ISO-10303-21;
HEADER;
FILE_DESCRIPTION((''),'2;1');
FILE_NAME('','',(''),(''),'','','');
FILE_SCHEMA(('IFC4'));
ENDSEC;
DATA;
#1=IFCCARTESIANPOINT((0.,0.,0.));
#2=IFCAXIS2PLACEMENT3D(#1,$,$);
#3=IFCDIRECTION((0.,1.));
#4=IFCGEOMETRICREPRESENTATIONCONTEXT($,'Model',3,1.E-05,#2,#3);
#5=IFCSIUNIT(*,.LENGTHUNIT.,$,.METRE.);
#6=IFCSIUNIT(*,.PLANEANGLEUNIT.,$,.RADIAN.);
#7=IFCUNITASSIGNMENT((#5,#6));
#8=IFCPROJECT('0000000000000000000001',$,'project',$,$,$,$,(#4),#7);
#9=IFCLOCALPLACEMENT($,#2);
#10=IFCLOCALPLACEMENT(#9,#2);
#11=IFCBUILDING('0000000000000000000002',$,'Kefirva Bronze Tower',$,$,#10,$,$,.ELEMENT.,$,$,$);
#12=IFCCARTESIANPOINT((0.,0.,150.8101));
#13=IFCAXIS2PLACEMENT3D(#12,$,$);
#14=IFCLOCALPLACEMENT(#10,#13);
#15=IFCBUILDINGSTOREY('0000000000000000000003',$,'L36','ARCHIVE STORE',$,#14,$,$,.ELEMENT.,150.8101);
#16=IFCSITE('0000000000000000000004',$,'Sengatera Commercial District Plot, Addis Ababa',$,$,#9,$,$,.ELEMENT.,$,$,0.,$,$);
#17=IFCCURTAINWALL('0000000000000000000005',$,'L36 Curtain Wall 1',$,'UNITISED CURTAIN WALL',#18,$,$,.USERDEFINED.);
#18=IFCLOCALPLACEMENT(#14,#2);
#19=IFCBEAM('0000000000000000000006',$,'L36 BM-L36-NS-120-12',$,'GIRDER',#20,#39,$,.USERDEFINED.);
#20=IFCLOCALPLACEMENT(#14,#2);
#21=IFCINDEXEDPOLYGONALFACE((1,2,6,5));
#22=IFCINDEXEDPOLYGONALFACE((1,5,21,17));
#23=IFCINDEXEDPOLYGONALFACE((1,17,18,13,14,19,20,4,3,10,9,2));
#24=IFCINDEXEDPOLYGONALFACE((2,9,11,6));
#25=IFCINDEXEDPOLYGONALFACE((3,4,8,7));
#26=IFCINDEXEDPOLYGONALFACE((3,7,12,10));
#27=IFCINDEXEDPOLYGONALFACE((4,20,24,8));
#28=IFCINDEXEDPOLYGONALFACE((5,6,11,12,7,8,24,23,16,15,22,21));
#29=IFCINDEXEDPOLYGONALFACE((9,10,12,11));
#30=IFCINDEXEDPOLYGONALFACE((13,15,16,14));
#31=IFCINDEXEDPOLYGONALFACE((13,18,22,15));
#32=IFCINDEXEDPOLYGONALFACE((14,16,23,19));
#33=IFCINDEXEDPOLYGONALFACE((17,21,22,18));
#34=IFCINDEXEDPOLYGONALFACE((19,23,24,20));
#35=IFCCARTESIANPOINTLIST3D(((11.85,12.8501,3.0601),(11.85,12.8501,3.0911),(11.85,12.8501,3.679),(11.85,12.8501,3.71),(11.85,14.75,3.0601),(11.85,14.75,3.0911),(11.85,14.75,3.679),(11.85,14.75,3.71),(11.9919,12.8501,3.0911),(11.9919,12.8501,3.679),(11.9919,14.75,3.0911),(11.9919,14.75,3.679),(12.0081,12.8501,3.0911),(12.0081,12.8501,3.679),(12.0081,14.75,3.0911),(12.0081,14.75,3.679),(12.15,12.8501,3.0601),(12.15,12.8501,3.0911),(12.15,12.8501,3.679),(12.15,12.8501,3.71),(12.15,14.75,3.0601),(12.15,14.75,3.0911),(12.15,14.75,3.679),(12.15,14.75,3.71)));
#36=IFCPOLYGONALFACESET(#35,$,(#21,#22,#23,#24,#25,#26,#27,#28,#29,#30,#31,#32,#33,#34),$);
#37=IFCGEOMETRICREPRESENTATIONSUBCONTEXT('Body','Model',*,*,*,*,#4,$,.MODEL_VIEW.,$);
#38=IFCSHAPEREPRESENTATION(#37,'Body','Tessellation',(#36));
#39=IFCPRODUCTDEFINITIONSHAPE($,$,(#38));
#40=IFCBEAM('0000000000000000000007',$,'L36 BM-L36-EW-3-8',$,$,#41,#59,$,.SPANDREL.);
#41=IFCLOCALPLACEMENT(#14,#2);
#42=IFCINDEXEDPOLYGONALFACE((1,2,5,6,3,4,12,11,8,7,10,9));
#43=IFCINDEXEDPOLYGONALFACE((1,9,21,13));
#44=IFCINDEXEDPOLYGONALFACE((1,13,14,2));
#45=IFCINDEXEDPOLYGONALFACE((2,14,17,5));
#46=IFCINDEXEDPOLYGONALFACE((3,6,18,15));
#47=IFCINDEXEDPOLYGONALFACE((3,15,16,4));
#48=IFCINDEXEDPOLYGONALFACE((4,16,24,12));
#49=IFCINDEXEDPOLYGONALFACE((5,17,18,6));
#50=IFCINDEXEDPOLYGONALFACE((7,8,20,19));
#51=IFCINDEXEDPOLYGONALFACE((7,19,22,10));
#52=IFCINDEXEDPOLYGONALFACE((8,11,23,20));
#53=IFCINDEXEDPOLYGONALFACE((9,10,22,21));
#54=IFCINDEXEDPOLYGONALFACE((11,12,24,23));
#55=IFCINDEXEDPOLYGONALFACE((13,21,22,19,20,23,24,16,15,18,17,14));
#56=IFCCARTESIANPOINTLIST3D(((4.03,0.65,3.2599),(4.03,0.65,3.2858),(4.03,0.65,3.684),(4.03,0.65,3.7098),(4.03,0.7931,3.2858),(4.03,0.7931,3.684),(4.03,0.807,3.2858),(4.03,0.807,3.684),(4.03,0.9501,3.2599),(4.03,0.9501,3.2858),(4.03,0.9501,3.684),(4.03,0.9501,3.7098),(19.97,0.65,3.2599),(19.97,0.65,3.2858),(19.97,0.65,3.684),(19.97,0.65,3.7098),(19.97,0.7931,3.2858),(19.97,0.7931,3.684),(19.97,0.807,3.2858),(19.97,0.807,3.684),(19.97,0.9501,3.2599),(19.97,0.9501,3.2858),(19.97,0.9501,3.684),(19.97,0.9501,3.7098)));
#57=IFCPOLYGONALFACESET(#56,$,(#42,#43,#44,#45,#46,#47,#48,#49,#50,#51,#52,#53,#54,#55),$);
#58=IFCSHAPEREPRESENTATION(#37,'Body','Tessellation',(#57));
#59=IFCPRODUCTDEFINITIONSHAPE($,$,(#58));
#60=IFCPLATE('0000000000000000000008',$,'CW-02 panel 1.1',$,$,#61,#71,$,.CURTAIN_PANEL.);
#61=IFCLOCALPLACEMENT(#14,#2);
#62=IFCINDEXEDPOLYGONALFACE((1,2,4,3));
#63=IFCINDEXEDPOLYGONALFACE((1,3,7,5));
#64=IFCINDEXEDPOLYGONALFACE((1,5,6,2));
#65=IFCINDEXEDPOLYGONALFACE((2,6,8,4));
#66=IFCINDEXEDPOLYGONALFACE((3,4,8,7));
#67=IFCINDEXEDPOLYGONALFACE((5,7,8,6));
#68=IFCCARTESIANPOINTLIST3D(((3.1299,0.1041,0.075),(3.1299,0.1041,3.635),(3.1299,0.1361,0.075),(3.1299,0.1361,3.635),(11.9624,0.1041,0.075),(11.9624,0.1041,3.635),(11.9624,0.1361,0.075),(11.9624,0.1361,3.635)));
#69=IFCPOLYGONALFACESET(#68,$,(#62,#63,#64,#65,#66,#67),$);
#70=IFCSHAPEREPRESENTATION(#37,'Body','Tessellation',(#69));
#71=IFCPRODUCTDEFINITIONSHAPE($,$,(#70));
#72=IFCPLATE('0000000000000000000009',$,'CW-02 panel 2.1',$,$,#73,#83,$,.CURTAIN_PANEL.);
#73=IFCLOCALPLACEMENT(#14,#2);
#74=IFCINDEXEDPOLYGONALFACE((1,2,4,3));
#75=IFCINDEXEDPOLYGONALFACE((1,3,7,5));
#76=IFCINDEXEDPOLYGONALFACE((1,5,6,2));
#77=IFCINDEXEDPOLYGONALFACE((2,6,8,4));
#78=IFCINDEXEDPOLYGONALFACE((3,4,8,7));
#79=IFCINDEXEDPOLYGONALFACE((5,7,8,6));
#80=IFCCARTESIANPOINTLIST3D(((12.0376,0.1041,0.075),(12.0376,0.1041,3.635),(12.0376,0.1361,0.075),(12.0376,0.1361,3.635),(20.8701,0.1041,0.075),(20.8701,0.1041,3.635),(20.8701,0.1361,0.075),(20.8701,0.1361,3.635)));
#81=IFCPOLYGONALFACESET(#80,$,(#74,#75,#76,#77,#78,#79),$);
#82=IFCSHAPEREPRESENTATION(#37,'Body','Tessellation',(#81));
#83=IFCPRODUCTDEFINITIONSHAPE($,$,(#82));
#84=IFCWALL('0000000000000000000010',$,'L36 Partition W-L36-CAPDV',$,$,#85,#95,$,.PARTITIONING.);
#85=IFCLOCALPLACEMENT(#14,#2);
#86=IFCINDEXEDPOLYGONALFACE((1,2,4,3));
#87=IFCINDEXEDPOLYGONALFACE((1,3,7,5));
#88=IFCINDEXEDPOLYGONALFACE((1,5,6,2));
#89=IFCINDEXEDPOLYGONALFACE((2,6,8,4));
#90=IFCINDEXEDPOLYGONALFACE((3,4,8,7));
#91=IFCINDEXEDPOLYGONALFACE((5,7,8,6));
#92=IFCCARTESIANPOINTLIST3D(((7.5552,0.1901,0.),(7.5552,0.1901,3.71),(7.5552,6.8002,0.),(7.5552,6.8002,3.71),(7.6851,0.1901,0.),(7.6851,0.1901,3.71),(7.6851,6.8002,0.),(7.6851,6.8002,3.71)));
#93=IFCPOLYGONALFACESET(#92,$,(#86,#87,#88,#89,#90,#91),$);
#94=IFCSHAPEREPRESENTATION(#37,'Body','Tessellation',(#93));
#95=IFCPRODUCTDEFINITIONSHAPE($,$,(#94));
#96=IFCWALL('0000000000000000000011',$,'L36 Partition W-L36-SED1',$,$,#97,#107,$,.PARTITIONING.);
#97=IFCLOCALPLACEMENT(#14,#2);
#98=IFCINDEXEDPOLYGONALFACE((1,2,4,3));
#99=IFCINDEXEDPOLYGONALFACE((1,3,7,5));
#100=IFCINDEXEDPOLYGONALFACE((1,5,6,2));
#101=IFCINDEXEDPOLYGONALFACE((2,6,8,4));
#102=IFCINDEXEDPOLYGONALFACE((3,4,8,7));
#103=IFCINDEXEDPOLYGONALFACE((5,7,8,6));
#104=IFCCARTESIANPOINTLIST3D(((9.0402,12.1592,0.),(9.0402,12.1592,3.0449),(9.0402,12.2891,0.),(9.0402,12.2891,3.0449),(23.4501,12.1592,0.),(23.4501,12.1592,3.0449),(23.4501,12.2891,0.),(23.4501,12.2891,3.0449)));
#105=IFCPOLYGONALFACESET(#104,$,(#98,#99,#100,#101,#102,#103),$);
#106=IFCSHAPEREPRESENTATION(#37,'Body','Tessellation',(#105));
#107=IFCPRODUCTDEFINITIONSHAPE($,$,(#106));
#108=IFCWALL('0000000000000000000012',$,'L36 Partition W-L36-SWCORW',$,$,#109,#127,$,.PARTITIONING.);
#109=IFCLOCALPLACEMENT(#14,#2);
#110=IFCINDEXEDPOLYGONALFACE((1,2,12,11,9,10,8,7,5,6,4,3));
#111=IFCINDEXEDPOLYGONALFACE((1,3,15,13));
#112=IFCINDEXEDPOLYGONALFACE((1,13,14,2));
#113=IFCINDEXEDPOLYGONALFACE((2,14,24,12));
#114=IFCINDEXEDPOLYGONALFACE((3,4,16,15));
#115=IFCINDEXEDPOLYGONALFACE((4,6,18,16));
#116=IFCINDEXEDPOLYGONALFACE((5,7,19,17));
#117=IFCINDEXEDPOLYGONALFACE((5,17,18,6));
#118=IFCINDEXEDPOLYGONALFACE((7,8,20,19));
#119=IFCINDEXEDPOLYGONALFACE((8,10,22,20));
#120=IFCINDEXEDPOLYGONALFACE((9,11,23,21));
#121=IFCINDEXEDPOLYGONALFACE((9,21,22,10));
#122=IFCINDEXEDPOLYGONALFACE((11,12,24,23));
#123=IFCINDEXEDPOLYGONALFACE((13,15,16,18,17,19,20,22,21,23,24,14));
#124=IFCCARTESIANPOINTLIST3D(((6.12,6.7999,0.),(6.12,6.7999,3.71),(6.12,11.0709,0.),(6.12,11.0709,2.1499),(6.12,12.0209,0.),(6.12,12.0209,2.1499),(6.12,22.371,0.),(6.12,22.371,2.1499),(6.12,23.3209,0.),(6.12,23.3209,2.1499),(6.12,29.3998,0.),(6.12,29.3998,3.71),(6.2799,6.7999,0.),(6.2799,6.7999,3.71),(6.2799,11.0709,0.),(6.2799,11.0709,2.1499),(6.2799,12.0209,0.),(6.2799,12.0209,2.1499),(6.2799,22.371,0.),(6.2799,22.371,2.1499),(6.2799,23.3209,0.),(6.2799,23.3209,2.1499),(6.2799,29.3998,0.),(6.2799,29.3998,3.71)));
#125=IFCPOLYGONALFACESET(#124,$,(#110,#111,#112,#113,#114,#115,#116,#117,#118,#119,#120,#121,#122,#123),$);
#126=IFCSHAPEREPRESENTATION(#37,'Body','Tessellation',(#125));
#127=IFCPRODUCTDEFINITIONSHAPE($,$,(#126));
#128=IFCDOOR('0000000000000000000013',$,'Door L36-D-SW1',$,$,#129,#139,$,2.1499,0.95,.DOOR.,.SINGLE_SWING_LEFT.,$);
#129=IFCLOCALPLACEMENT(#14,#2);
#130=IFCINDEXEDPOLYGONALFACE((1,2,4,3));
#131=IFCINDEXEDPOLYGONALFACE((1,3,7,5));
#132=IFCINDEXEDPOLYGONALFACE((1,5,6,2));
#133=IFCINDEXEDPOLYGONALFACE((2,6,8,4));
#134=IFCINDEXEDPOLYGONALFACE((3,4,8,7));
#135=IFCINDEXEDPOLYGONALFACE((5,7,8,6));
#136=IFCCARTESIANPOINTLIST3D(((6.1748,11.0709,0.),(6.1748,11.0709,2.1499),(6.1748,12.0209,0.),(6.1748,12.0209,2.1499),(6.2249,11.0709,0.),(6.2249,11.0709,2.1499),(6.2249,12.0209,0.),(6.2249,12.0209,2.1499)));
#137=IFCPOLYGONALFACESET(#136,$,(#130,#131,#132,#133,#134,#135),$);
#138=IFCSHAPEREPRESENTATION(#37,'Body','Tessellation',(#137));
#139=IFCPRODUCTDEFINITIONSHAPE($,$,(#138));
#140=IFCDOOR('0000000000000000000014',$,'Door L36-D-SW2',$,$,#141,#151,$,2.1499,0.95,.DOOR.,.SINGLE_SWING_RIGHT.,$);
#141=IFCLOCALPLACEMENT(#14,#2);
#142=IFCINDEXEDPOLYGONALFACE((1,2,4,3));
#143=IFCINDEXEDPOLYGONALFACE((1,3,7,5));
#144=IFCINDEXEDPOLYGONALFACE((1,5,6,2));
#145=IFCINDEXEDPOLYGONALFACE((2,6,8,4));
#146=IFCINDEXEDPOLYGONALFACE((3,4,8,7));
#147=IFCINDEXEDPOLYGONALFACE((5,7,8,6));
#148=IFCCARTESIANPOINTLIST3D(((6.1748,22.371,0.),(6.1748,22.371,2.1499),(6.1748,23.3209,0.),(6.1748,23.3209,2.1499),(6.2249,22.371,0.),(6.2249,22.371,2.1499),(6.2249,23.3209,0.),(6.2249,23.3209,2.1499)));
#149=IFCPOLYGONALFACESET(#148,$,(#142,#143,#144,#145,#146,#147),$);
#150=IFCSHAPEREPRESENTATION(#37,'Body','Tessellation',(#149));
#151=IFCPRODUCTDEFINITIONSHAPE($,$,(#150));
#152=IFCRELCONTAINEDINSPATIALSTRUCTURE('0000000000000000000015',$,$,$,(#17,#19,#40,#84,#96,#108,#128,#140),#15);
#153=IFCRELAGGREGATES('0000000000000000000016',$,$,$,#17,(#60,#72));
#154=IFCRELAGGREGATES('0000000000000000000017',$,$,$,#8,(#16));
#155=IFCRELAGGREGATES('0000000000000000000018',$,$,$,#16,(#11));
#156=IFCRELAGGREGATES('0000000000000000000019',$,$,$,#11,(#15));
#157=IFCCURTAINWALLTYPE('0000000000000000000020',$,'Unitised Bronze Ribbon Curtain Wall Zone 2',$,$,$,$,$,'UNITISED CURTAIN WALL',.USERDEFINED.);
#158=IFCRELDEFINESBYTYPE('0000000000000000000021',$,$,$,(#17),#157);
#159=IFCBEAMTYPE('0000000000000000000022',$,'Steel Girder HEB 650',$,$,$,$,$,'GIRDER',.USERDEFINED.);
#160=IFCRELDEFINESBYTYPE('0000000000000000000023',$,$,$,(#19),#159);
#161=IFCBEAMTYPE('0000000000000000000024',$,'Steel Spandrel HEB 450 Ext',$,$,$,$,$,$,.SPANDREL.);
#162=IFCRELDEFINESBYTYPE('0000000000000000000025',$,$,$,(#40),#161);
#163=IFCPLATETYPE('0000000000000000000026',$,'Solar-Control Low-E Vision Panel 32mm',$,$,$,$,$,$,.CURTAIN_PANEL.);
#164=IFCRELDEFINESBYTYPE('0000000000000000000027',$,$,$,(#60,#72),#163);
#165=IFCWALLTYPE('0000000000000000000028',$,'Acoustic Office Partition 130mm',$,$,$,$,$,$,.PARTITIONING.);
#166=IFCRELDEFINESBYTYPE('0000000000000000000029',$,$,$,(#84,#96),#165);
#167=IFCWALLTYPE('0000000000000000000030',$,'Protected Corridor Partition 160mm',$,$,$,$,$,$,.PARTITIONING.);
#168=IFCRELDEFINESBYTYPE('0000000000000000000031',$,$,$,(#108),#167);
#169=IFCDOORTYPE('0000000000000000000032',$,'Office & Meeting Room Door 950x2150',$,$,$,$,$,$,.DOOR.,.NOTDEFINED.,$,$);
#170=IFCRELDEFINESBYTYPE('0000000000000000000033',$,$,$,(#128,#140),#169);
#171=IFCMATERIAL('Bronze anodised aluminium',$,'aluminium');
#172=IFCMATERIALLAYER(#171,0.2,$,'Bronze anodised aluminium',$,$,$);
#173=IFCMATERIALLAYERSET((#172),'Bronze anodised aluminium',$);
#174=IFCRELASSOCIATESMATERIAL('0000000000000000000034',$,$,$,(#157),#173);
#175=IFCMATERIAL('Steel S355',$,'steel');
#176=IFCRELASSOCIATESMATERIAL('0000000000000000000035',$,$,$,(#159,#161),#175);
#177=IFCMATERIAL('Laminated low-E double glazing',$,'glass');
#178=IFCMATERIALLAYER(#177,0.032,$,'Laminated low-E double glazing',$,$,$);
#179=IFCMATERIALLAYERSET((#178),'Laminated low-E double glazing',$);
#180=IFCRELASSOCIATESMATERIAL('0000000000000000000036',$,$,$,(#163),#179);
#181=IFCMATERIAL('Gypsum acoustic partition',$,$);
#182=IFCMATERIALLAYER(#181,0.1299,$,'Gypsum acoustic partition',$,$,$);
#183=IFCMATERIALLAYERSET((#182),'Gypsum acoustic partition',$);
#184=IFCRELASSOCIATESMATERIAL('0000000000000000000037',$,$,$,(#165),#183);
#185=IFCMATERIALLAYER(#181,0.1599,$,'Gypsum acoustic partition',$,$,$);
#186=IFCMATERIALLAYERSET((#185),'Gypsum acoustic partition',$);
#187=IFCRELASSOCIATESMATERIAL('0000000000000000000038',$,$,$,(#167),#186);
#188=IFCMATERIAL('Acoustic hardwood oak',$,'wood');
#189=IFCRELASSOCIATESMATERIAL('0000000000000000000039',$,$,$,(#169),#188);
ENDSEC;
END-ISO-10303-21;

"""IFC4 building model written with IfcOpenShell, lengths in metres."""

from ifc_helpers import new_model, si_unit, direction, frame, frame_2d, origin, origin_2d, place, context, subcontext, project, spatial, rectangle, i_section, extrude, material, layer, layer_set, material_profile, profile_set, type_object, element, fill, aggregate, save


model = new_model("IFC4")

# Units and contexts
model_context = context("Model", 3, precision=1e-05, world=origin(), true_north=direction((0.0, 1.0)))
body_context = subcontext(model_context, "Body", "Model", "MODEL_VIEW")
ifc_project = project(units=[si_unit("LENGTHUNIT", "METRE"), si_unit("PLANEANGLEUNIT", "RADIAN")], contexts=[model_context])

# Site, building, storey
site_placement = place(None, origin())
site = spatial("IfcSite", under=ifc_project, at=site_placement, Name="Sengatera Commercial District Plot, Addis Ababa", CompositionType="ELEMENT", RefElevation=0.0)
building_placement = place(site_placement, origin())
building = spatial("IfcBuilding", under=site, at=building_placement, Name="Kefirva Bronze Tower", CompositionType="ELEMENT")
storey_placement = place(building_placement, frame((0.0, 0.0, 150.8101)))
storey = spatial("IfcBuildingStorey", under=building, at=storey_placement, Name="L36", Description="ARCHIVE STORE", CompositionType="ELEMENT", Elevation=150.8101)

# Curtain wall
ifc_material_1 = material(Name="Bronze anodised aluminium", Category="aluminium")
ifc_layer_1 = layer(ifc_material_1, 0.2, Name="Bronze anodised aluminium")
ifc_layer_set_1 = layer_set([ifc_layer_1], Name="Bronze anodised aluminium")
curtain_wall_type = type_object("IfcCurtainWallType", Name="Unitised Bronze Ribbon Curtain Wall Zone 2", ElementType="UNITISED CURTAIN WALL", PredefinedType="USERDEFINED", material=ifc_layer_set_1)
curtain_wall_placement = place(storey_placement, origin())
curtain_wall = element("IfcCurtainWall", 1, at=curtain_wall_placement, inside=storey, type_object=curtain_wall_type, Name="L36 Curtain Wall 1", ObjectType="UNITISED CURTAIN WALL", PredefinedType="USERDEFINED")

# Beams
ifc_material_2 = material(Name="Steel S355", Category="steel")
ifc_material_profile_1 = material_profile(ifc_material_2, i_section(OverallWidth=0.3, OverallDepth=0.6499, WebThickness=0.0161, FlangeThickness=0.031, at=origin_2d()), Name="HEB 650")
ifc_profile_set_1 = profile_set([ifc_material_profile_1], Name="Steel S355")
beam_type_1 = type_object("IfcBeamType", Name="Steel Girder HEB 650", ElementType="GIRDER", PredefinedType="USERDEFINED", material=ifc_profile_set_1)
beam_1_placement = place(storey_placement, frame((12.0, 12.8501, 3.385), z_axis=(0.0, 1.0, 0.0), x_axis=(-1.0, 0.0, 0.0)))
element("IfcBeam", 2, at=beam_1_placement, inside=storey, type_object=beam_type_1, Name="L36 BM-L36-NS-120-12", ObjectType="GIRDER", PredefinedType="USERDEFINED", context=body_context, shape_type="SweptSolid", body=[
    extrude(i_section(OverallWidth=0.3, OverallDepth=0.6499, WebThickness=0.0161, FlangeThickness=0.031, at=origin_2d()), origin(), (0.0, 0.0, 1.0), 1.8999),
])
ifc_material_profile_2 = material_profile(ifc_material_2, i_section(OverallWidth=0.3, OverallDepth=0.45, WebThickness=0.0139, FlangeThickness=0.0259, at=origin_2d()), Name="HEB 450")
ifc_profile_set_2 = profile_set([ifc_material_profile_2], Name="Steel S355")
beam_type_2 = type_object("IfcBeamType", Name="Steel Spandrel HEB 450 Ext", PredefinedType="SPANDREL", material=ifc_profile_set_2)
beam_2_placement = place(storey_placement, frame((4.03, 0.8, 3.4849), z_axis=(1.0, 0.0, 0.0), x_axis=(0.0, 1.0, 0.0)))
element("IfcBeam", 3, at=beam_2_placement, inside=storey, type_object=beam_type_2, Name="L36 BM-L36-EW-3-8", PredefinedType="SPANDREL", context=body_context, shape_type="SweptSolid", body=[
    extrude(i_section(OverallWidth=0.3, OverallDepth=0.45, WebThickness=0.0139, FlangeThickness=0.0259, at=origin_2d()), origin(), (0.0, 0.0, 1.0), 15.9399),
])

# Plates
ifc_material_3 = material(Name="Laminated low-E double glazing", Category="glass")
ifc_layer_2 = layer(ifc_material_3, 0.032, Name="Laminated low-E double glazing")
ifc_layer_set_2 = layer_set([ifc_layer_2], Name="Laminated low-E double glazing")
plate_type = type_object("IfcPlateType", Name="Solar-Control Low-E Vision Panel 32mm", PredefinedType="CURTAIN_PANEL", material=ifc_layer_set_2)
plate_1_placement = place(storey_placement, frame((7.5461, 0.1201, 0.075), z_axis=(0.0, 0.0, 1.0), x_axis=(1.0, 0.0, 0.0)))
plate_1 = element("IfcPlate", 4, at=plate_1_placement, type_object=plate_type, Name="CW-02 panel 1.1", PredefinedType="CURTAIN_PANEL", context=body_context, shape_type="SweptSolid", body=[
    extrude(rectangle(XDim=8.8325, YDim=0.032, at=origin_2d()), origin(), (0.0, 0.0, 1.0), 3.5601),
])
plate_2_placement = place(storey_placement, frame((16.4539, 0.1201, 0.075), z_axis=(0.0, 0.0, 1.0), x_axis=(1.0, 0.0, 0.0)))
plate_2 = element("IfcPlate", 5, at=plate_2_placement, type_object=plate_type, Name="CW-02 panel 2.1", PredefinedType="CURTAIN_PANEL", context=body_context, shape_type="SweptSolid", body=[
    extrude(rectangle(XDim=8.8325, YDim=0.032, at=origin_2d()), origin(), (0.0, 0.0, 1.0), 3.5601),
])
aggregate(curtain_wall, [plate_1, plate_2])

# Walls
ifc_material_4 = material(Name="Gypsum acoustic partition")
ifc_layer_3 = layer(ifc_material_4, 0.1299, Name="Gypsum acoustic partition")
ifc_layer_set_3 = layer_set([ifc_layer_3], Name="Gypsum acoustic partition")
wall_type_1 = type_object("IfcWallType", Name="Acoustic Office Partition 130mm", PredefinedType="PARTITIONING", material=ifc_layer_set_3)
wall_1_placement = place(storey_placement, frame((7.6201, 0.1899, 0.0), z_axis=(0.0, 0.0, 1.0), x_axis=(0.0, 1.0, 0.0)))
element("IfcWall", 6, at=wall_1_placement, inside=storey, type_object=wall_type_1, Name="L36 Partition W-L36-CAPDV", PredefinedType="PARTITIONING", context=body_context, shape_type="SweptSolid", body=[
    extrude(rectangle(XDim=6.6101, YDim=0.1299, at=frame_2d((3.3052, 0.0))), origin(), (0.0, 0.0, 1.0), 3.71),
])
wall_2_placement = place(storey_placement, frame((9.04, 12.2241, 0.0), z_axis=(0.0, 0.0, 1.0), x_axis=(1.0, 0.0, 0.0)))
element("IfcWall", 7, at=wall_2_placement, inside=storey, type_object=wall_type_1, Name="L36 Partition W-L36-SED1", PredefinedType="PARTITIONING", context=body_context, shape_type="SweptSolid", body=[
    extrude(rectangle(XDim=14.4099, YDim=0.1299, at=frame_2d((7.2051, 0.0))), origin(), (0.0, 0.0, 1.0), 3.0449),
])

# Wall, openings, doors
ifc_layer_4 = layer(ifc_material_4, 0.1599, Name="Gypsum acoustic partition")
ifc_layer_set_4 = layer_set([ifc_layer_4], Name="Gypsum acoustic partition")
wall_type_2 = type_object("IfcWallType", Name="Protected Corridor Partition 160mm", PredefinedType="PARTITIONING", material=ifc_layer_set_4)
wall_3_placement = place(storey_placement, frame((6.2, 6.8, 0.0), z_axis=(0.0, 0.0, 1.0), x_axis=(0.0, 1.0, 0.0)))
wall_3 = element("IfcWall", 8, at=wall_3_placement, inside=storey, type_object=wall_type_2, Name="L36 Partition W-L36-SWCORW", PredefinedType="PARTITIONING", context=body_context, shape_type="SweptSolid", body=[
    extrude(rectangle(XDim=22.5999, YDim=0.1599, at=frame_2d((11.2998, 0.0))), origin(), (0.0, 0.0, 1.0), 3.71),
])
opening_1_placement = place(wall_3_placement, frame((5.2209, 0.0, 0.0), z_axis=(0.0, 0.0, 1.0), x_axis=(-1.0, 0.0, 0.0)))
opening_1 = element("IfcOpeningElement", 9, at=opening_1_placement, cuts=wall_3, PredefinedType="OPENING", context=body_context, shape_type="SweptSolid", body=[
    extrude(rectangle(XDim=0.95, YDim=2.1499, at=frame_2d((0.4751, 1.075))), frame((0.0, 0.0898, 0.0), z_axis=(0.0, -1.0, 0.0), x_axis=(1.0, 0.0, 0.0)), (0.0, 0.0, 1.0), 0.1799),
])
opening_2_placement = place(wall_3_placement, frame((16.521, 0.0, 0.0), z_axis=(0.0, 0.0, 1.0), x_axis=(-1.0, 0.0, 0.0)))
opening_2 = element("IfcOpeningElement", 10, at=opening_2_placement, cuts=wall_3, PredefinedType="OPENING", context=body_context, shape_type="SweptSolid", body=[
    extrude(rectangle(XDim=0.95, YDim=2.1499, at=frame_2d((0.4751, 1.075))), frame((0.0, 0.0898, 0.0), z_axis=(0.0, -1.0, 0.0), x_axis=(1.0, 0.0, 0.0)), (0.0, 0.0, 1.0), 0.1799),
])
ifc_material_5 = material(Name="Acoustic hardwood oak", Category="wood")
door_type = type_object("IfcDoorType", Name="Office & Meeting Room Door 950x2150", OperationType="NOTDEFINED", PredefinedType="DOOR", material=ifc_material_5)
door_1_placement = place(opening_1_placement, origin())
door_1 = element("IfcDoor", 11, at=door_1_placement, inside=storey, type_object=door_type, Name="Door L36-D-SW1", OperationType="SINGLE_SWING_LEFT", OverallHeight=2.1499, OverallWidth=0.95, PredefinedType="DOOR", context=body_context, shape_type="SweptSolid", body=[
    extrude(rectangle(XDim=0.95, YDim=2.1499, at=frame_2d((0.4751, 1.075))), frame((0.0, 0.0249, 0.0), z_axis=(0.0, -1.0, 0.0), x_axis=(1.0, 0.0, 0.0)), (0.0, 0.0, 1.0), 0.05),
])
fill(opening_1, door_1)
door_2_placement = place(opening_2_placement, origin())
door_2 = element("IfcDoor", 12, at=door_2_placement, inside=storey, type_object=door_type, Name="Door L36-D-SW2", OperationType="SINGLE_SWING_RIGHT", OverallHeight=2.1499, OverallWidth=0.95, PredefinedType="DOOR", context=body_context, shape_type="SweptSolid", body=[
    extrude(rectangle(XDim=0.95, YDim=2.1499, at=frame_2d((0.4751, 1.075))), frame((0.0, 0.0249, 0.0), z_axis=(0.0, -1.0, 0.0), x_axis=(1.0, 0.0, 0.0)), (0.0, 0.0, 1.0), 0.05),
])
fill(opening_2, door_2)

save(model, "model.ifc")
